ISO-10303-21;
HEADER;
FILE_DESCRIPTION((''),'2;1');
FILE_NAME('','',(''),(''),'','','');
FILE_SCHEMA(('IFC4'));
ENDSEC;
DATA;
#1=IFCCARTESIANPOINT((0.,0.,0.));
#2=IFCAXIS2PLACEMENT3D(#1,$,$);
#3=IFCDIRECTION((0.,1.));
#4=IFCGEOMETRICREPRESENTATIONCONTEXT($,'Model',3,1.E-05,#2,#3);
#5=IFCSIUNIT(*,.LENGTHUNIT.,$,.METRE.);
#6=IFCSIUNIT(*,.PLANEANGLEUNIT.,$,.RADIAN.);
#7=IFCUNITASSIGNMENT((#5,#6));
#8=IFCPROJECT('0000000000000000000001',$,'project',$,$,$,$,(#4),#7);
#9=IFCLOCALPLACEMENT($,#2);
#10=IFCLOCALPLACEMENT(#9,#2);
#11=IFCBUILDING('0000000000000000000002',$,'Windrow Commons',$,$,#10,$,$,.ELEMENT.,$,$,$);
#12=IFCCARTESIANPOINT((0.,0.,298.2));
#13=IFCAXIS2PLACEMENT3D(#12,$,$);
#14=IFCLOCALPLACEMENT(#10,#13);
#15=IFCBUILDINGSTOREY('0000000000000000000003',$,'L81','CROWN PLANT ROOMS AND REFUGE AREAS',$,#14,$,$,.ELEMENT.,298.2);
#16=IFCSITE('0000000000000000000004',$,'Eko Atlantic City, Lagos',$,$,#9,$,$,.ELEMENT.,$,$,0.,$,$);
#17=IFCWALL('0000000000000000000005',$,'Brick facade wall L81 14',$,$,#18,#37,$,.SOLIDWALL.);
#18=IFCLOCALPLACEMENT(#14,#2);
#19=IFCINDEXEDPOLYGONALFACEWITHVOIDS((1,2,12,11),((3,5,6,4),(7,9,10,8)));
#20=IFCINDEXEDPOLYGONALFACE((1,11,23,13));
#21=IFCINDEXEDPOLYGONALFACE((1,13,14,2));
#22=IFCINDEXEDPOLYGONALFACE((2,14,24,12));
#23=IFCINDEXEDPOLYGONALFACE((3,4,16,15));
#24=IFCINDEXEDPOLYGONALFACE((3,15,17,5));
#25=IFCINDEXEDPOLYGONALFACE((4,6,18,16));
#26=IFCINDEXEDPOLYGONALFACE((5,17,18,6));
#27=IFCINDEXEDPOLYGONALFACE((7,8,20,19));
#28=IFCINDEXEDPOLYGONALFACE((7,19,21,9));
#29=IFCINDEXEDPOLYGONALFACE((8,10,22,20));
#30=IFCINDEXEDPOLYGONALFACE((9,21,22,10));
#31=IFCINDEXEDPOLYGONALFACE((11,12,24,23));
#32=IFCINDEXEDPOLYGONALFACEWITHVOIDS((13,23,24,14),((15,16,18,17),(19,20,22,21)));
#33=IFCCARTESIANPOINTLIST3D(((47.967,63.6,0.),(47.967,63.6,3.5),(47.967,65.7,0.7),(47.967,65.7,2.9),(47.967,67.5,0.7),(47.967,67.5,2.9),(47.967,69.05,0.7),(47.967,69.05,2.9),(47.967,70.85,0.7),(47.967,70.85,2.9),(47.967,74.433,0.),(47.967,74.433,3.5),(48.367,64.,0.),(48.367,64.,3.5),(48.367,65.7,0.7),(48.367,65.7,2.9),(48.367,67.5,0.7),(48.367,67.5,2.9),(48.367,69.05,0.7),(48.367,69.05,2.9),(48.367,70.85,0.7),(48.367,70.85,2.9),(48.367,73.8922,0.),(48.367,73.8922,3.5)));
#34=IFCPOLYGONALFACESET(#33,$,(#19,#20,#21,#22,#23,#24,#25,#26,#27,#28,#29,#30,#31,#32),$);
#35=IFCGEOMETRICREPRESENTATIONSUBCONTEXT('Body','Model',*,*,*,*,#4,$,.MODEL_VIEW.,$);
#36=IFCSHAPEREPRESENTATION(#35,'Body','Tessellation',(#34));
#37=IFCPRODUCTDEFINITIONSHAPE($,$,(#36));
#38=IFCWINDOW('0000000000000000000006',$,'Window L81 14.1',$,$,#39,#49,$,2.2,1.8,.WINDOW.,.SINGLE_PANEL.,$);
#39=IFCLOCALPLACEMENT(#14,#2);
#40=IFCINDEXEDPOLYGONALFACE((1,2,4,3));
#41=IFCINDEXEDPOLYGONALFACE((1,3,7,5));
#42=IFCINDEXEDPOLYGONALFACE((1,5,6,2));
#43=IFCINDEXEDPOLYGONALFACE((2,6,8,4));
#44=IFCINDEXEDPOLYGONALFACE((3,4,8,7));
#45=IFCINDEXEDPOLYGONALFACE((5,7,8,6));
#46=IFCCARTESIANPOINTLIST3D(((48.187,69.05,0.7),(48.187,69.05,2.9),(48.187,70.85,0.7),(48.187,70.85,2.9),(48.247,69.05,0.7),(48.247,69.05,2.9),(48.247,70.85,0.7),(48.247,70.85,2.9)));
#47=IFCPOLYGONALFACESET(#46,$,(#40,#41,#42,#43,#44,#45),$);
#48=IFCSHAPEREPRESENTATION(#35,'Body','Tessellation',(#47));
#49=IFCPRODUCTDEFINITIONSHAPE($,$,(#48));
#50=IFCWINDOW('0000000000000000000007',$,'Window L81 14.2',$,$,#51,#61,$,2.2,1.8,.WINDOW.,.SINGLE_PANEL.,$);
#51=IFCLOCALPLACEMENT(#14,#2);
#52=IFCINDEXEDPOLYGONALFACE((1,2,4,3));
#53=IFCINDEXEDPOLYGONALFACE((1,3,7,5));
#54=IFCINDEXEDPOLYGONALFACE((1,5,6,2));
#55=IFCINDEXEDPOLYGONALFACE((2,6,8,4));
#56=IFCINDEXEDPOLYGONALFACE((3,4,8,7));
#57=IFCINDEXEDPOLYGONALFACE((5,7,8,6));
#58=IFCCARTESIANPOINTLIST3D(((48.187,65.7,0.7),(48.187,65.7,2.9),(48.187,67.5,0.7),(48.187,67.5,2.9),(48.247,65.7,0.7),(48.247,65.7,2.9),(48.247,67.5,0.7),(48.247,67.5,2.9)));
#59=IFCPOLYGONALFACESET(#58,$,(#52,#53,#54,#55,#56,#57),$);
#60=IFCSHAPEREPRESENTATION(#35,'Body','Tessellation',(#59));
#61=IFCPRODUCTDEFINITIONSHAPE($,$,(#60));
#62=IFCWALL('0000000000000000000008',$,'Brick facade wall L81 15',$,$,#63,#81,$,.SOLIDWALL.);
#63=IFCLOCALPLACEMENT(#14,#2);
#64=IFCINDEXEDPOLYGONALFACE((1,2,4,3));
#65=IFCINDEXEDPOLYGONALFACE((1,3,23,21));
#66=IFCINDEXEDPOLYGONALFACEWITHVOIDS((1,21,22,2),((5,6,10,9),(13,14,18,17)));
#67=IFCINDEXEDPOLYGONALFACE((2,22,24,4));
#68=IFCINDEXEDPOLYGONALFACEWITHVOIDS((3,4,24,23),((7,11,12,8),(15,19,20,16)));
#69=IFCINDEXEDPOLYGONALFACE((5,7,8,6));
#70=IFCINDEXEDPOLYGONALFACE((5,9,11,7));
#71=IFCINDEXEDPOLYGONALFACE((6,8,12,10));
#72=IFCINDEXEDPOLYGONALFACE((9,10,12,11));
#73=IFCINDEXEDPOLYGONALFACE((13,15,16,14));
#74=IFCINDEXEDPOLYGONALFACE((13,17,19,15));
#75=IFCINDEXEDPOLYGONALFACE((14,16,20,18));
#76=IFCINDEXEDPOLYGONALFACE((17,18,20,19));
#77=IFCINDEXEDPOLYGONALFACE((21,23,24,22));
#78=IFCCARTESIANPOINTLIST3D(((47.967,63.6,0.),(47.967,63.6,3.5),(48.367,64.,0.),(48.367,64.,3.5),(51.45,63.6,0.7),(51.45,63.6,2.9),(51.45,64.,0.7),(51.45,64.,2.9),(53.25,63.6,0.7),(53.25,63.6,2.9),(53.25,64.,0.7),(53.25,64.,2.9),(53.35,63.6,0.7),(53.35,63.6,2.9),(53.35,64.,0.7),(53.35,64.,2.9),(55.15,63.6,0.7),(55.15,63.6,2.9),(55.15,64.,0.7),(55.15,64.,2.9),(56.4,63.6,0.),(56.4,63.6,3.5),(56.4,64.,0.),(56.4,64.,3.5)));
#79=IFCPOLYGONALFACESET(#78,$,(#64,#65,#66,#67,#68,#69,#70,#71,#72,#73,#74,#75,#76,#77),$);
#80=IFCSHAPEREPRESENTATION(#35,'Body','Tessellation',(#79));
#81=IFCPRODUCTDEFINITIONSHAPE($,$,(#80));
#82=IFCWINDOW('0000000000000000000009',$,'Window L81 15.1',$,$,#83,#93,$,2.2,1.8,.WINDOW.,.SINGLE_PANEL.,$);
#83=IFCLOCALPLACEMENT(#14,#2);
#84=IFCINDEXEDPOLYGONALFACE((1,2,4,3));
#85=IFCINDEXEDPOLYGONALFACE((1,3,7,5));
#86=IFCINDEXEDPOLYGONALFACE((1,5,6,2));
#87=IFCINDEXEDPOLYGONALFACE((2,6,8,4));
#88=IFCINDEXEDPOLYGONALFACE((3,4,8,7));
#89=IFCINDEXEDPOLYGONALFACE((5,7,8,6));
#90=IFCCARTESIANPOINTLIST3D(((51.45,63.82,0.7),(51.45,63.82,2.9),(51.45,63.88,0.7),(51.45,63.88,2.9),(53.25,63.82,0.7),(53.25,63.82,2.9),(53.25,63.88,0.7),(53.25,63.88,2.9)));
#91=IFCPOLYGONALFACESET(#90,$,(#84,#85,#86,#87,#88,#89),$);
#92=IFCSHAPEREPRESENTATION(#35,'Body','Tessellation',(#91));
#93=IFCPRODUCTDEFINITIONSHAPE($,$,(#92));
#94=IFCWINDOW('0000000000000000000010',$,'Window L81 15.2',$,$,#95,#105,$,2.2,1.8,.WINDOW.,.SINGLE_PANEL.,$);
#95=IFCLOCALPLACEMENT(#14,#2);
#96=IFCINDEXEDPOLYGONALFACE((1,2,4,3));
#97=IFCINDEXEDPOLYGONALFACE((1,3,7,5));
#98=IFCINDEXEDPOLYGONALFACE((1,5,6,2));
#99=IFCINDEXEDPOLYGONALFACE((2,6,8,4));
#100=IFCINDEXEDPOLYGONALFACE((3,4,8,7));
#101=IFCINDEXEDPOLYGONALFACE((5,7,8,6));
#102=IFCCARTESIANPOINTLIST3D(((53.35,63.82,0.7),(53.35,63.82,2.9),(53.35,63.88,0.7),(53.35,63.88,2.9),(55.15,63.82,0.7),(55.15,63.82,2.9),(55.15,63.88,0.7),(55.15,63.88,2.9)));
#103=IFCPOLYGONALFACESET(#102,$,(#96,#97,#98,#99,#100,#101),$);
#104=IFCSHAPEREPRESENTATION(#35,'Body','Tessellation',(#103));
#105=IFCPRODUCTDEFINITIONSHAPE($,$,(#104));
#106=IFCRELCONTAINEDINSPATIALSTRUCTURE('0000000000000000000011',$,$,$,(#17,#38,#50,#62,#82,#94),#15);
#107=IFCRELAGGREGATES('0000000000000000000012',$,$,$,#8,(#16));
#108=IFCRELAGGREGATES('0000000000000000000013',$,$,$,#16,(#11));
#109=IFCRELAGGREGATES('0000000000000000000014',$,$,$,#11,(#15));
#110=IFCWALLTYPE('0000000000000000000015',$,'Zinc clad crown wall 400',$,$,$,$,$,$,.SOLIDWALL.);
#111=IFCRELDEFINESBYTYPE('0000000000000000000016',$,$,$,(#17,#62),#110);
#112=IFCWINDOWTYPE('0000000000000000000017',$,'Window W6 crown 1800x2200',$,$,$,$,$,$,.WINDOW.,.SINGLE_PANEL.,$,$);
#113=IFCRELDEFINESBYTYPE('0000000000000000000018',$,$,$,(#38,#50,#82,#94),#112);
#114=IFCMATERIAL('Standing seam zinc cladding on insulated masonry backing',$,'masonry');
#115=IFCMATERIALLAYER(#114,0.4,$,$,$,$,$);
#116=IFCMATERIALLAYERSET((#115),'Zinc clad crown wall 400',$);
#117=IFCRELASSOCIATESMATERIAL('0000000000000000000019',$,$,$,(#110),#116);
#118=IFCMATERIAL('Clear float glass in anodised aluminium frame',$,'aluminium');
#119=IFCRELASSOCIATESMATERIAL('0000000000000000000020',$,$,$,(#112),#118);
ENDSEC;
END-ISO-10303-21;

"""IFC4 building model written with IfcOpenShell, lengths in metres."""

from ifc_helpers import new_model, si_unit, direction, frame, frame_2d, origin, place, context, subcontext, project, spatial, polyline, rectangle, outline, extrude, material, layer, layer_set, type_object, element, fill, save


model = new_model("IFC4")

# Units and contexts
model_context = context("Model", 3, precision=1e-05, world=origin(), true_north=direction((0.0, 1.0)))
body_context = subcontext(model_context, "Body", "Model", "MODEL_VIEW")
ifc_project = project(units=[si_unit("LENGTHUNIT", "METRE"), si_unit("PLANEANGLEUNIT", "RADIAN")], contexts=[model_context])

# Site, building, storey
site_placement = place(None, origin())
site = spatial("IfcSite", under=ifc_project, at=site_placement, Name="Eko Atlantic City, Lagos", CompositionType="ELEMENT", RefElevation=0.0)
building_placement = place(site_placement, origin())
building = spatial("IfcBuilding", under=site, at=building_placement, Name="Windrow Commons", CompositionType="ELEMENT")
storey_placement = place(building_placement, frame((0.0, 0.0, 298.2)))
storey = spatial("IfcBuildingStorey", under=building, at=storey_placement, Name="L81", Description="CROWN PLANT ROOMS AND REFUGE AREAS", CompositionType="ELEMENT", Elevation=298.2)

# Shared definitions
ifc_material_1 = material(Name="Standing seam zinc cladding on insulated masonry backing", Category="masonry")
ifc_layer_1 = layer(ifc_material_1, 0.4)
ifc_layer_set_1 = layer_set([ifc_layer_1], Name="Zinc clad crown wall 400")
wall_type_1 = type_object("IfcWallType", Name="Zinc clad crown wall 400", PredefinedType="SOLIDWALL", material=ifc_layer_set_1)

# Walls, openings, windows
wall_1_placement = place(storey_placement, frame((48.167, 74.1626, 0.0), z_axis=(0.0, 0.0, 1.0), x_axis=(0.0, -1.0, 0.0)))
wall_1 = element("IfcWall", 1, at=wall_1_placement, inside=storey, type_object=wall_type_1, Name="Brick facade wall L81 14", PredefinedType="SOLIDWALL", context=body_context, shape_type="SweptSolid", body=[
    extrude(outline(polyline([(-0.2704, -0.2), (10.5626, -0.2), (10.1626, 0.2), (0.2704, 0.2), (-0.2704, -0.2)])), origin(), (0.0, 0.0, 1.0), 3.5),
])
opening_1_placement = place(wall_1_placement, frame((3.3126, 0.0, 0.7)))
opening_1 = element("IfcOpeningElement", 2, at=opening_1_placement, cuts=wall_1, PredefinedType="OPENING", context=body_context, shape_type="SweptSolid", body=[
    extrude(rectangle(XDim=1.8, YDim=2.2, at=frame_2d((0.9, 1.1))), frame((0.0, 0.21, 0.0), z_axis=(0.0, -1.0, 0.0), x_axis=(1.0, 0.0, 0.0)), (0.0, 0.0, 1.0), 0.42),
])
opening_2_placement = place(wall_1_placement, frame((6.6626, 0.0, 0.7)))
opening_2 = element("IfcOpeningElement", 3, at=opening_2_placement, cuts=wall_1, PredefinedType="OPENING", context=body_context, shape_type="SweptSolid", body=[
    extrude(rectangle(XDim=1.8, YDim=2.2, at=frame_2d((0.9, 1.1))), frame((0.0, 0.21, 0.0), z_axis=(0.0, -1.0, 0.0), x_axis=(1.0, 0.0, 0.0)), (0.0, 0.0, 1.0), 0.42),
])
ifc_material_2 = material(Name="Clear float glass in anodised aluminium frame", Category="aluminium")
window_type = type_object("IfcWindowType", Name="Window W6 crown 1800x2200", PartitioningType="SINGLE_PANEL", PredefinedType="WINDOW", material=ifc_material_2)
window_1_placement = place(opening_1_placement, origin())
window_1 = element("IfcWindow", 4, at=window_1_placement, inside=storey, type_object=window_type, Name="Window L81 14.1", OverallHeight=2.2, OverallWidth=1.8, PartitioningType="SINGLE_PANEL", PredefinedType="WINDOW", context=body_context, shape_type="SweptSolid", body=[
    extrude(rectangle(XDim=1.8, YDim=2.2, at=frame_2d((0.9, 1.1))), frame((0.0, 0.08, 0.0), z_axis=(0.0, -1.0, 0.0), x_axis=(1.0, 0.0, 0.0)), (0.0, 0.0, 1.0), 0.06),
])
fill(opening_1, window_1)
window_2_placement = place(opening_2_placement, origin())
window_2 = element("IfcWindow", 5, at=window_2_placement, inside=storey, type_object=window_type, Name="Window L81 14.2", OverallHeight=2.2, OverallWidth=1.8, PartitioningType="SINGLE_PANEL", PredefinedType="WINDOW", context=body_context, shape_type="SweptSolid", body=[
    extrude(rectangle(XDim=1.8, YDim=2.2, at=frame_2d((0.9, 1.1))), frame((0.0, 0.08, 0.0), z_axis=(0.0, -1.0, 0.0), x_axis=(1.0, 0.0, 0.0)), (0.0, 0.0, 1.0), 0.06),
])
fill(opening_2, window_2)
wall_2_placement = place(storey_placement, frame((48.167, 63.8, 0.0), z_axis=(0.0, 0.0, 1.0), x_axis=(1.0, 0.0, 0.0)))
wall_2 = element("IfcWall", 6, at=wall_2_placement, inside=storey, type_object=wall_type_1, Name="Brick facade wall L81 15", PredefinedType="SOLIDWALL", context=body_context, shape_type="SweptSolid", body=[
    extrude(outline(polyline([(-0.2, -0.2), (8.233, -0.2), (8.233, 0.2), (0.2, 0.2), (-0.2, -0.2)])), origin(), (0.0, 0.0, 1.0), 3.5),
])
opening_3_placement = place(wall_2_placement, frame((3.283, 0.0, 0.7)))
opening_3 = element("IfcOpeningElement", 7, at=opening_3_placement, cuts=wall_2, PredefinedType="OPENING", context=body_context, shape_type="SweptSolid", body=[
    extrude(rectangle(XDim=1.8, YDim=2.2, at=frame_2d((0.9, 1.1))), frame((0.0, 0.21, 0.0), z_axis=(0.0, -1.0, 0.0), x_axis=(1.0, 0.0, 0.0)), (0.0, 0.0, 1.0), 0.42),
])
opening_4_placement = place(wall_2_placement, frame((5.183, 0.0, 0.7)))
opening_4 = element("IfcOpeningElement", 8, at=opening_4_placement, cuts=wall_2, PredefinedType="OPENING", context=body_context, shape_type="SweptSolid", body=[
    extrude(rectangle(XDim=1.8, YDim=2.2, at=frame_2d((0.9, 1.1))), frame((0.0, 0.21, 0.0), z_axis=(0.0, -1.0, 0.0), x_axis=(1.0, 0.0, 0.0)), (0.0, 0.0, 1.0), 0.42),
])
window_3_placement = place(opening_3_placement, origin())
window_3 = element("IfcWindow", 9, at=window_3_placement, inside=storey, type_object=window_type, Name="Window L81 15.1", OverallHeight=2.2, OverallWidth=1.8, PartitioningType="SINGLE_PANEL", PredefinedType="WINDOW", context=body_context, shape_type="SweptSolid", body=[
    extrude(rectangle(XDim=1.8, YDim=2.2, at=frame_2d((0.9, 1.1))), frame((0.0, 0.08, 0.0), z_axis=(0.0, -1.0, 0.0), x_axis=(1.0, 0.0, 0.0)), (0.0, 0.0, 1.0), 0.06),
])
fill(opening_3, window_3)
window_4_placement = place(opening_4_placement, origin())
window_4 = element("IfcWindow", 10, at=window_4_placement, inside=storey, type_object=window_type, Name="Window L81 15.2", OverallHeight=2.2, OverallWidth=1.8, PartitioningType="SINGLE_PANEL", PredefinedType="WINDOW", context=body_context, shape_type="SweptSolid", body=[
    extrude(rectangle(XDim=1.8, YDim=2.2, at=frame_2d((0.9, 1.1))), frame((0.0, 0.08, 0.0), z_axis=(0.0, -1.0, 0.0), x_axis=(1.0, 0.0, 0.0)), (0.0, 0.0, 1.0), 0.06),
])
fill(opening_4, window_4)

save(model, "model.ifc")
